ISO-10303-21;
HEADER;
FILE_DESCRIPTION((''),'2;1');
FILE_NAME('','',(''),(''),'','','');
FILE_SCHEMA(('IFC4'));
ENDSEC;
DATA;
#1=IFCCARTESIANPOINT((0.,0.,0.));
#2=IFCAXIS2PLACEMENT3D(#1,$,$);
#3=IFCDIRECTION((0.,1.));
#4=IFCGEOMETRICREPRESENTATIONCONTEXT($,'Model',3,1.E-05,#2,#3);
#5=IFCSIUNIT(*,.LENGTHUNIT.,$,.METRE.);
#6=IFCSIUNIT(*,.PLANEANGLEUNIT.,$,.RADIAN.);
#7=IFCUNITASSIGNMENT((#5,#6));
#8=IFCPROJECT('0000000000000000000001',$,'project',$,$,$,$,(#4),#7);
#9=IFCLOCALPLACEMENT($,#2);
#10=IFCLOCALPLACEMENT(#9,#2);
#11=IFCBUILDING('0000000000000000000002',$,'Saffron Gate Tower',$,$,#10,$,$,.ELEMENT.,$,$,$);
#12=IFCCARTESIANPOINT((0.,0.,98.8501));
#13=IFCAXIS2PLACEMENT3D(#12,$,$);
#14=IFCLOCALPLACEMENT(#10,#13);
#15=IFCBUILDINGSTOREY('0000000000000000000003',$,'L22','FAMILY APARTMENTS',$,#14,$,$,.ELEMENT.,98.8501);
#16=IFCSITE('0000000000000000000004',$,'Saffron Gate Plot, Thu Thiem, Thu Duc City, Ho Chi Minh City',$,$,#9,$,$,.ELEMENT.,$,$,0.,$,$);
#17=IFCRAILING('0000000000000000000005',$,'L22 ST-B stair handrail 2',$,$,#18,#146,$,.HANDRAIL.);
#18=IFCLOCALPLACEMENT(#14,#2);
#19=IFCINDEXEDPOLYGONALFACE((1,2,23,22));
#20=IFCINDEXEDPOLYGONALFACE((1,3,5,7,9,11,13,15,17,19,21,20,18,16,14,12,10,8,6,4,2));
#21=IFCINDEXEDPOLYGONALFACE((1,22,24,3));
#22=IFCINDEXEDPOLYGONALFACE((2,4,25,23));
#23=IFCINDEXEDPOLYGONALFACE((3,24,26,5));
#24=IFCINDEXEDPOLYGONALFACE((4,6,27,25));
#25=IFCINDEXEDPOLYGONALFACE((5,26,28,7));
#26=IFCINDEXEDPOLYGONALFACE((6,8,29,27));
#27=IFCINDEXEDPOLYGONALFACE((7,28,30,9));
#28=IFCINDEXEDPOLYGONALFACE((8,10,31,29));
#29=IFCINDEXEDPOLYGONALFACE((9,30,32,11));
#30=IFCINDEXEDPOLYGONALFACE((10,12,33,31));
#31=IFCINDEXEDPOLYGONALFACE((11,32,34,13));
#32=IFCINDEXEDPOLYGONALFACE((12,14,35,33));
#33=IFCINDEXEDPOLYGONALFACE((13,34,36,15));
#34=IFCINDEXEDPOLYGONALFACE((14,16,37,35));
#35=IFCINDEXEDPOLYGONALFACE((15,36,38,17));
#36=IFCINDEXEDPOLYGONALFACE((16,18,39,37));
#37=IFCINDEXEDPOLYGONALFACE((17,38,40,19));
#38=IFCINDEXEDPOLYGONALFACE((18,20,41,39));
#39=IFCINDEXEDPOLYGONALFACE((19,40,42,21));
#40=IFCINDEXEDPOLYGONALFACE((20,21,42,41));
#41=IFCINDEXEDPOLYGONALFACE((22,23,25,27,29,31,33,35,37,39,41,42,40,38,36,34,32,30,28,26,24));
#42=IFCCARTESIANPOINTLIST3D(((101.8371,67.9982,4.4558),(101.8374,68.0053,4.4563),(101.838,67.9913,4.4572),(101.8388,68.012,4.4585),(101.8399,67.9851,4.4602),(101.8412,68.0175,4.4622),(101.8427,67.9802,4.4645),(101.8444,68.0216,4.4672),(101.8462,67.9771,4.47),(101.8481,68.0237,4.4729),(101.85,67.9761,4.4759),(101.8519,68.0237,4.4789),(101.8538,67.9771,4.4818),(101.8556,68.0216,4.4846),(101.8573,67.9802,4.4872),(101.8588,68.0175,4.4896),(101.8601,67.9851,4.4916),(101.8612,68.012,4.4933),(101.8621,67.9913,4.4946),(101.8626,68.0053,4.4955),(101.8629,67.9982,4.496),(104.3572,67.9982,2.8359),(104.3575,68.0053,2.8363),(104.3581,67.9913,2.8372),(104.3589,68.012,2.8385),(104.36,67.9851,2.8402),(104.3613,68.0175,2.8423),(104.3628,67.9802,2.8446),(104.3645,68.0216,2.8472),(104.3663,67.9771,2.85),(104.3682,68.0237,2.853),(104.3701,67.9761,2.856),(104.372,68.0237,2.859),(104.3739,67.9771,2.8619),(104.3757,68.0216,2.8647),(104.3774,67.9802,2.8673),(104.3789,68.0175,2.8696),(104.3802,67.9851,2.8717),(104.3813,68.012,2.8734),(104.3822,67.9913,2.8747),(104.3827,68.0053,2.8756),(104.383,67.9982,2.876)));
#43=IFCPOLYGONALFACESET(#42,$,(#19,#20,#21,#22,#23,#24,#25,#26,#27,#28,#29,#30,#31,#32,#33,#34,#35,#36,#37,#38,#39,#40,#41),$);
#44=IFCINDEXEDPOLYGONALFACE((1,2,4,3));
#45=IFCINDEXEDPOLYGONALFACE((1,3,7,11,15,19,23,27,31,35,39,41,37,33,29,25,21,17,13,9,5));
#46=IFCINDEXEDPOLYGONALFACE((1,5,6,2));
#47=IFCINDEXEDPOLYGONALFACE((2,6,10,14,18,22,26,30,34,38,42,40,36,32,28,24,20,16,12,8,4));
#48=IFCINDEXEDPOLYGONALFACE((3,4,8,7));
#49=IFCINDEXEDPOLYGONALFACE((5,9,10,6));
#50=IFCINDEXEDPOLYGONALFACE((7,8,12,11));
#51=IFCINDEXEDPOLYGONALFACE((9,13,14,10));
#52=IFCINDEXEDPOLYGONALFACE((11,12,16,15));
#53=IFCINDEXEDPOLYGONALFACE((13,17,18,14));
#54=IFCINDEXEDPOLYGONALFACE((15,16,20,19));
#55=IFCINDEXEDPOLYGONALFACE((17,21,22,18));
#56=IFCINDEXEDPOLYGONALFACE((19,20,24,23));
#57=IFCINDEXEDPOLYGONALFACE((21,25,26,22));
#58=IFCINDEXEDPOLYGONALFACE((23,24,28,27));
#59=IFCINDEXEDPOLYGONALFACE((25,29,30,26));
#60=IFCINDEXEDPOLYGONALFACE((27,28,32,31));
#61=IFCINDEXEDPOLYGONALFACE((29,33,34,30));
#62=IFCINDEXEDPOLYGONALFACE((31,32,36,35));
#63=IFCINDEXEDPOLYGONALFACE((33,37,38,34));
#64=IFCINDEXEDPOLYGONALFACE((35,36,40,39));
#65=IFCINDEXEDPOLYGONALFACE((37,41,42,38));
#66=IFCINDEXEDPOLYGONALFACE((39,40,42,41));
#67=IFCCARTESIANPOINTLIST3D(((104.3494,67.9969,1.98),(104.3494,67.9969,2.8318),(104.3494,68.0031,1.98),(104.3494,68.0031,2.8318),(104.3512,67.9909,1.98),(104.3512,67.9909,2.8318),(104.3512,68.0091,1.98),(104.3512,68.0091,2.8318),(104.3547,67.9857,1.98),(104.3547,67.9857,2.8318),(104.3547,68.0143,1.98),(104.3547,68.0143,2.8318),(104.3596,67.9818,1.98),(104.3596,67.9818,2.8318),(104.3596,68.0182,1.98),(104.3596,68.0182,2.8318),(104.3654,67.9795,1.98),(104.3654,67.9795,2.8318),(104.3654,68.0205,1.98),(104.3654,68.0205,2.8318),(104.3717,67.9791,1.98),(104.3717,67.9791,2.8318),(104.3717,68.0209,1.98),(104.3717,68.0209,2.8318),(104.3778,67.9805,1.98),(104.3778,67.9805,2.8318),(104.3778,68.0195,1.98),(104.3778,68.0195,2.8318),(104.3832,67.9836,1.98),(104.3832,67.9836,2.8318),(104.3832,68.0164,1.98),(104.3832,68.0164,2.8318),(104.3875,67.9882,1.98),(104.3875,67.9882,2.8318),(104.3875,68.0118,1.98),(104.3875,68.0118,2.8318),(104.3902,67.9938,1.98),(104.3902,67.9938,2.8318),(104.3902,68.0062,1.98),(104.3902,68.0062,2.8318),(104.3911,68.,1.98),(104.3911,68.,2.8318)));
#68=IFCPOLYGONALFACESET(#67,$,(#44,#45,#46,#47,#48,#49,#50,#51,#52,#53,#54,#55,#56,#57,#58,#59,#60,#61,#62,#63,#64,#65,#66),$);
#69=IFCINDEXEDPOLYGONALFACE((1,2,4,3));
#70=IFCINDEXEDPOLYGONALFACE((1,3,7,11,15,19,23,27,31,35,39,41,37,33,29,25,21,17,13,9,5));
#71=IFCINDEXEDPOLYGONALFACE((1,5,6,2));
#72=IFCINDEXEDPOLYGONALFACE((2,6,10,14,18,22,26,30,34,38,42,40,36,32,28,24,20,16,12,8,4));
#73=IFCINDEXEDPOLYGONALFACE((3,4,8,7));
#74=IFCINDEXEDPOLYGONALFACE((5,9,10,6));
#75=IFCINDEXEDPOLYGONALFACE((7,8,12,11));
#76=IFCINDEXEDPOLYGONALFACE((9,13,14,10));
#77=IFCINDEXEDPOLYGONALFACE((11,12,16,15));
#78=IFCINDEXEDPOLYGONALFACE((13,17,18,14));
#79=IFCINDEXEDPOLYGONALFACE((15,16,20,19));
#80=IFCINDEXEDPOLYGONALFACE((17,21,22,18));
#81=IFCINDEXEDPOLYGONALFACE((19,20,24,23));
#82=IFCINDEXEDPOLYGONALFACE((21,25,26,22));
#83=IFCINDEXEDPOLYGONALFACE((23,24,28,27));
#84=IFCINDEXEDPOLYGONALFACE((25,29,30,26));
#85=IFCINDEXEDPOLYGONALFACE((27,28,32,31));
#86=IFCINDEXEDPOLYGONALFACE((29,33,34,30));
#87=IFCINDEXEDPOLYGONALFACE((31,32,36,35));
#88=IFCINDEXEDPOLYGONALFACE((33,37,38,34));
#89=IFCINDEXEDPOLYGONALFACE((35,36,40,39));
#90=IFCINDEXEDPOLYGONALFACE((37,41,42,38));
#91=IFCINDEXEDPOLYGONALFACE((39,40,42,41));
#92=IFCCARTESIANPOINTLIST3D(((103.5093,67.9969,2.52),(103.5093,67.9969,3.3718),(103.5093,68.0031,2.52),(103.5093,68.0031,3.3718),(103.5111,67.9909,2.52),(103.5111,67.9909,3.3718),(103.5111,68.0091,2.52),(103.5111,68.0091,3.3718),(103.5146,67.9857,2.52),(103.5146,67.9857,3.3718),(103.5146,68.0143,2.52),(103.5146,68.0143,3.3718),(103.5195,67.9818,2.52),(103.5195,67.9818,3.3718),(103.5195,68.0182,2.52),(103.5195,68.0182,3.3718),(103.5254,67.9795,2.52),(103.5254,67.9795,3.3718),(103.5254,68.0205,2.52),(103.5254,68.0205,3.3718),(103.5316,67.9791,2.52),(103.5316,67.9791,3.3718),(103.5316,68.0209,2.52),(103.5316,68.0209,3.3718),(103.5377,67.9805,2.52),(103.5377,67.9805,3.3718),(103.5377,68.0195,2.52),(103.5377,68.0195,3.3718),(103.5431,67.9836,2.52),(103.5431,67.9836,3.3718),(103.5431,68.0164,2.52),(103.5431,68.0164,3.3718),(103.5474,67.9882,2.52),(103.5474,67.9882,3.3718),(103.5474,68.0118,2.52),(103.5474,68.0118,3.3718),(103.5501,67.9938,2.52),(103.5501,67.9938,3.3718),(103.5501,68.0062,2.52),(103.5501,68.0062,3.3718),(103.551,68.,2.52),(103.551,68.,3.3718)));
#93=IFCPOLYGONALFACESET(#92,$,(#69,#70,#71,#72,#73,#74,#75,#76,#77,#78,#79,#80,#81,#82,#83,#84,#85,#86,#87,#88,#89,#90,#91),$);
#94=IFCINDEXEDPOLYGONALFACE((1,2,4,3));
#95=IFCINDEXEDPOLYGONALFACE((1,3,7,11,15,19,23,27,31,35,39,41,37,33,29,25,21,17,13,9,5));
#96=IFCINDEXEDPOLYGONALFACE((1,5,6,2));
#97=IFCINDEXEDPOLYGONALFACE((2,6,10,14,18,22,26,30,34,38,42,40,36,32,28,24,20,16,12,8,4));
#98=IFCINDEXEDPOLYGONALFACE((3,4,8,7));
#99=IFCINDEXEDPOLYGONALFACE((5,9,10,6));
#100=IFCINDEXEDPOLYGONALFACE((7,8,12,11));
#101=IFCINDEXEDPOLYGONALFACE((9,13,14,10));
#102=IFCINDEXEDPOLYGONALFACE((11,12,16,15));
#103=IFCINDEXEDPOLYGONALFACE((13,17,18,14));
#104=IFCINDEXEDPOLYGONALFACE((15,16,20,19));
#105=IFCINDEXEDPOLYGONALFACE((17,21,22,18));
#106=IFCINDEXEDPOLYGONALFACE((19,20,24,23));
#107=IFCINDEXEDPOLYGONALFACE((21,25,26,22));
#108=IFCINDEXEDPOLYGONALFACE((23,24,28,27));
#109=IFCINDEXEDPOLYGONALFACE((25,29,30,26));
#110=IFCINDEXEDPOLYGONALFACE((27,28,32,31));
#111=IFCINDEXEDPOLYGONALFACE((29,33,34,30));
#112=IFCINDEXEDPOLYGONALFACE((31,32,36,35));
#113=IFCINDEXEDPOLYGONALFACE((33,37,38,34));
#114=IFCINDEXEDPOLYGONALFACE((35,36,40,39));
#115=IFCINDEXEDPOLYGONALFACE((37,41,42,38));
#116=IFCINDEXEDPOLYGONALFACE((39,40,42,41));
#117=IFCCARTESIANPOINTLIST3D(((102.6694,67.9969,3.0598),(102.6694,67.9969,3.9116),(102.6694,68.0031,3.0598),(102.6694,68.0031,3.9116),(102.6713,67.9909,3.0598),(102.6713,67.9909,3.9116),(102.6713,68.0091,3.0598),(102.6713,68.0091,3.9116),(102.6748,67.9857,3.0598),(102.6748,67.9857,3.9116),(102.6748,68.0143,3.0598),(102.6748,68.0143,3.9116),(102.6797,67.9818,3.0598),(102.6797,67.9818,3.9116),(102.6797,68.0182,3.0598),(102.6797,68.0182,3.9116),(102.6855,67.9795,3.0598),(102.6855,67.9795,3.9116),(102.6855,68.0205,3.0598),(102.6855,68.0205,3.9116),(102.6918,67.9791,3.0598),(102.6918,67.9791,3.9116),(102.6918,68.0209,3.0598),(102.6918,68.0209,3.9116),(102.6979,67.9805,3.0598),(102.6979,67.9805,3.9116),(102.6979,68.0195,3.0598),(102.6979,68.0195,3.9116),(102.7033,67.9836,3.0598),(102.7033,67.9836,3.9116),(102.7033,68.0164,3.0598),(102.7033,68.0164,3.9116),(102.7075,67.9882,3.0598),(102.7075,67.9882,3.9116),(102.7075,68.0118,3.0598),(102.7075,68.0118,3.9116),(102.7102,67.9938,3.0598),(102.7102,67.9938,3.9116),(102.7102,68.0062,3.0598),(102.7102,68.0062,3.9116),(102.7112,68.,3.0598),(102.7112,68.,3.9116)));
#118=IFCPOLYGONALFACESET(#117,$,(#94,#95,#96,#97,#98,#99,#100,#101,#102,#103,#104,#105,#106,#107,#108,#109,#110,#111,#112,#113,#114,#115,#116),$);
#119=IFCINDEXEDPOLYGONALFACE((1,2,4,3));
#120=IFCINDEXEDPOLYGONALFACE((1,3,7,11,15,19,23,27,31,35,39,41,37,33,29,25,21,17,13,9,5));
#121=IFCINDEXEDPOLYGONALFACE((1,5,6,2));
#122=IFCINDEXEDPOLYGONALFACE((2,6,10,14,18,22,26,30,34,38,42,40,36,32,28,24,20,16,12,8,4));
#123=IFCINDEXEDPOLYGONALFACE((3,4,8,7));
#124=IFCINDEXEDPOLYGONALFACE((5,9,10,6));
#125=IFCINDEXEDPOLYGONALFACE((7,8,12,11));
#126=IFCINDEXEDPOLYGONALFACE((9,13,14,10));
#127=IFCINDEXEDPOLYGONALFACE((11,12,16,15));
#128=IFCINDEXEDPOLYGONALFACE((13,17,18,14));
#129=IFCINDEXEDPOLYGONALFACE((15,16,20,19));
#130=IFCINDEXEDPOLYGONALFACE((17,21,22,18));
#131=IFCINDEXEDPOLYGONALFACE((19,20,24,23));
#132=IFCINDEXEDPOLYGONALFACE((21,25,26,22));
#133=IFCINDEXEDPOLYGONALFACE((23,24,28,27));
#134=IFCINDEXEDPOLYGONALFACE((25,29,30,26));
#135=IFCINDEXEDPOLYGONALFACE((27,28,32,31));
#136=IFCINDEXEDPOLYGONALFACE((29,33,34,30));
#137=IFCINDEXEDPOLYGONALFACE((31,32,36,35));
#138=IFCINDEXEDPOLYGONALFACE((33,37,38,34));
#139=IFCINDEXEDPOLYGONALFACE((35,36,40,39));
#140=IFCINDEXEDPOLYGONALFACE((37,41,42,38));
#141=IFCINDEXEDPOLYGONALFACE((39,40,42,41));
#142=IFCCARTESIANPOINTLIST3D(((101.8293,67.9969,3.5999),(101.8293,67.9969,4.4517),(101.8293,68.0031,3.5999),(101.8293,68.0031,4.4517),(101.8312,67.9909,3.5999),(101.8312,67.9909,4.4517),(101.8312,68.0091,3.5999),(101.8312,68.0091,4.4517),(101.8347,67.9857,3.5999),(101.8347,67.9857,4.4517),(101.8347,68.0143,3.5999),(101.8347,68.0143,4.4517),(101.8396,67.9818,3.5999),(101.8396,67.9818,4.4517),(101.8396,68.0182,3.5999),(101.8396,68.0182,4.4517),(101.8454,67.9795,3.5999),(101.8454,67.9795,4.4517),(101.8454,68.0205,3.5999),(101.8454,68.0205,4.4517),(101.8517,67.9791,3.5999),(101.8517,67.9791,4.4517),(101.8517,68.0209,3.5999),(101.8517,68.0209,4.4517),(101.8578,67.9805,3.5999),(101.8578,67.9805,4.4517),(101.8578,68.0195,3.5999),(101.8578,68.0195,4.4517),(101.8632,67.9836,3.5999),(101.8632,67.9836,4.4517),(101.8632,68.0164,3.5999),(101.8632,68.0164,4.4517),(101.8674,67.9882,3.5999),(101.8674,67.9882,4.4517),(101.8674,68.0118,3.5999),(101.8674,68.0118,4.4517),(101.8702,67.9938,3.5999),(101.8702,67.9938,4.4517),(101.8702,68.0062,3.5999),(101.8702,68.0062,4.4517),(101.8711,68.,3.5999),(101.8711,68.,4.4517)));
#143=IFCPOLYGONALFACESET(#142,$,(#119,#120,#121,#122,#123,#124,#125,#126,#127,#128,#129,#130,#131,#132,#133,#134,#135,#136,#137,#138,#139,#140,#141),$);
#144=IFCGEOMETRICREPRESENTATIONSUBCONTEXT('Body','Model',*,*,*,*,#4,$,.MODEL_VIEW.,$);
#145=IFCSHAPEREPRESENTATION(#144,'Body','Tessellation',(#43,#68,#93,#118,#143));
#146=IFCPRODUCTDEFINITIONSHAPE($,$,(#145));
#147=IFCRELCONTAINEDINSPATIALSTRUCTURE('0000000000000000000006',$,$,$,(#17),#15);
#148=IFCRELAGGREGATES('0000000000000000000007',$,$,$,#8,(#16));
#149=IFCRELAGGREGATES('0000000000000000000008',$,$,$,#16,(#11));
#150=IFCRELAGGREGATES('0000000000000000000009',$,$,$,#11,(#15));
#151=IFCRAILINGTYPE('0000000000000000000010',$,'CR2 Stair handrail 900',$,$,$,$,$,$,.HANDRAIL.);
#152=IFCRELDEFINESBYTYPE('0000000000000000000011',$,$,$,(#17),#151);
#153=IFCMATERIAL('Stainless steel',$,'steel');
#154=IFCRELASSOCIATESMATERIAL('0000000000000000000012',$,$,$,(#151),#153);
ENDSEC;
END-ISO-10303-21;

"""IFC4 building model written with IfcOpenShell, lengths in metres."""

from ifc_helpers import new_model, si_unit, direction, frame, origin, origin_2d, place, context, subcontext, project, spatial, circle, extrude, material, type_object, element, save


model = new_model("IFC4")

# Units and contexts
model_context = context("Model", 3, precision=1e-05, world=origin(), true_north=direction((0.0, 1.0)))
body_context = subcontext(model_context, "Body", "Model", "MODEL_VIEW")
ifc_project = project(units=[si_unit("LENGTHUNIT", "METRE"), si_unit("PLANEANGLEUNIT", "RADIAN")], contexts=[model_context])

# Site, building, storey
site_placement = place(None, origin())
site = spatial("IfcSite", under=ifc_project, at=site_placement, Name="Saffron Gate Plot, Thu Thiem, Thu Duc City, Ho Chi Minh City", CompositionType="ELEMENT", RefElevation=0.0)
building_placement = place(site_placement, origin())
building = spatial("IfcBuilding", under=site, at=building_placement, Name="Saffron Gate Tower", CompositionType="ELEMENT")
storey_placement = place(building_placement, frame((0.0, 0.0, 98.8501)))
storey = spatial("IfcBuildingStorey", under=building, at=storey_placement, Name="L22", Description="FAMILY APARTMENTS", CompositionType="ELEMENT", Elevation=98.8501)

# Railing
ifc_material_1 = material(Name="Stainless steel", Category="steel")
railing_type_1 = type_object("IfcRailingType", Name="CR2 Stair handrail 900", PredefinedType="HANDRAIL", material=ifc_material_1)
railing_1_placement = place(storey_placement, frame((104.3701, 68.0, 1.98)))
element("IfcRailing", 1, at=railing_1_placement, inside=storey, type_object=railing_type_1, Name="L22 ST-B stair handrail 2", PredefinedType="HANDRAIL", context=body_context, shape_type="SweptSolid", body=[
    extrude(circle(Radius=0.0239, at=origin_2d()), frame((0.0, 0.0, 0.876), z_axis=(-0.8412, 0.0, 0.540725), x_axis=(0.0, -1.0, 0.0)), (0.0, 0.0, 1.0), 2.9958),
    extrude(circle(Radius=0.021, at=origin_2d()), origin(), (0.0, 0.0, 1.0), 0.8518),
    extrude(circle(Radius=0.021, at=origin_2d()), frame((-0.8401, 0.0, 0.54)), (0.0, 0.0, 1.0), 0.8518),
    extrude(circle(Radius=0.021, at=origin_2d()), frame((-1.6799, 0.0, 1.0798)), (0.0, 0.0, 1.0), 0.8518),
    extrude(circle(Radius=0.021, at=origin_2d()), frame((-2.52, 0.0, 1.6199)), (0.0, 0.0, 1.0), 0.8518),
])

save(model, "model.ifc")
